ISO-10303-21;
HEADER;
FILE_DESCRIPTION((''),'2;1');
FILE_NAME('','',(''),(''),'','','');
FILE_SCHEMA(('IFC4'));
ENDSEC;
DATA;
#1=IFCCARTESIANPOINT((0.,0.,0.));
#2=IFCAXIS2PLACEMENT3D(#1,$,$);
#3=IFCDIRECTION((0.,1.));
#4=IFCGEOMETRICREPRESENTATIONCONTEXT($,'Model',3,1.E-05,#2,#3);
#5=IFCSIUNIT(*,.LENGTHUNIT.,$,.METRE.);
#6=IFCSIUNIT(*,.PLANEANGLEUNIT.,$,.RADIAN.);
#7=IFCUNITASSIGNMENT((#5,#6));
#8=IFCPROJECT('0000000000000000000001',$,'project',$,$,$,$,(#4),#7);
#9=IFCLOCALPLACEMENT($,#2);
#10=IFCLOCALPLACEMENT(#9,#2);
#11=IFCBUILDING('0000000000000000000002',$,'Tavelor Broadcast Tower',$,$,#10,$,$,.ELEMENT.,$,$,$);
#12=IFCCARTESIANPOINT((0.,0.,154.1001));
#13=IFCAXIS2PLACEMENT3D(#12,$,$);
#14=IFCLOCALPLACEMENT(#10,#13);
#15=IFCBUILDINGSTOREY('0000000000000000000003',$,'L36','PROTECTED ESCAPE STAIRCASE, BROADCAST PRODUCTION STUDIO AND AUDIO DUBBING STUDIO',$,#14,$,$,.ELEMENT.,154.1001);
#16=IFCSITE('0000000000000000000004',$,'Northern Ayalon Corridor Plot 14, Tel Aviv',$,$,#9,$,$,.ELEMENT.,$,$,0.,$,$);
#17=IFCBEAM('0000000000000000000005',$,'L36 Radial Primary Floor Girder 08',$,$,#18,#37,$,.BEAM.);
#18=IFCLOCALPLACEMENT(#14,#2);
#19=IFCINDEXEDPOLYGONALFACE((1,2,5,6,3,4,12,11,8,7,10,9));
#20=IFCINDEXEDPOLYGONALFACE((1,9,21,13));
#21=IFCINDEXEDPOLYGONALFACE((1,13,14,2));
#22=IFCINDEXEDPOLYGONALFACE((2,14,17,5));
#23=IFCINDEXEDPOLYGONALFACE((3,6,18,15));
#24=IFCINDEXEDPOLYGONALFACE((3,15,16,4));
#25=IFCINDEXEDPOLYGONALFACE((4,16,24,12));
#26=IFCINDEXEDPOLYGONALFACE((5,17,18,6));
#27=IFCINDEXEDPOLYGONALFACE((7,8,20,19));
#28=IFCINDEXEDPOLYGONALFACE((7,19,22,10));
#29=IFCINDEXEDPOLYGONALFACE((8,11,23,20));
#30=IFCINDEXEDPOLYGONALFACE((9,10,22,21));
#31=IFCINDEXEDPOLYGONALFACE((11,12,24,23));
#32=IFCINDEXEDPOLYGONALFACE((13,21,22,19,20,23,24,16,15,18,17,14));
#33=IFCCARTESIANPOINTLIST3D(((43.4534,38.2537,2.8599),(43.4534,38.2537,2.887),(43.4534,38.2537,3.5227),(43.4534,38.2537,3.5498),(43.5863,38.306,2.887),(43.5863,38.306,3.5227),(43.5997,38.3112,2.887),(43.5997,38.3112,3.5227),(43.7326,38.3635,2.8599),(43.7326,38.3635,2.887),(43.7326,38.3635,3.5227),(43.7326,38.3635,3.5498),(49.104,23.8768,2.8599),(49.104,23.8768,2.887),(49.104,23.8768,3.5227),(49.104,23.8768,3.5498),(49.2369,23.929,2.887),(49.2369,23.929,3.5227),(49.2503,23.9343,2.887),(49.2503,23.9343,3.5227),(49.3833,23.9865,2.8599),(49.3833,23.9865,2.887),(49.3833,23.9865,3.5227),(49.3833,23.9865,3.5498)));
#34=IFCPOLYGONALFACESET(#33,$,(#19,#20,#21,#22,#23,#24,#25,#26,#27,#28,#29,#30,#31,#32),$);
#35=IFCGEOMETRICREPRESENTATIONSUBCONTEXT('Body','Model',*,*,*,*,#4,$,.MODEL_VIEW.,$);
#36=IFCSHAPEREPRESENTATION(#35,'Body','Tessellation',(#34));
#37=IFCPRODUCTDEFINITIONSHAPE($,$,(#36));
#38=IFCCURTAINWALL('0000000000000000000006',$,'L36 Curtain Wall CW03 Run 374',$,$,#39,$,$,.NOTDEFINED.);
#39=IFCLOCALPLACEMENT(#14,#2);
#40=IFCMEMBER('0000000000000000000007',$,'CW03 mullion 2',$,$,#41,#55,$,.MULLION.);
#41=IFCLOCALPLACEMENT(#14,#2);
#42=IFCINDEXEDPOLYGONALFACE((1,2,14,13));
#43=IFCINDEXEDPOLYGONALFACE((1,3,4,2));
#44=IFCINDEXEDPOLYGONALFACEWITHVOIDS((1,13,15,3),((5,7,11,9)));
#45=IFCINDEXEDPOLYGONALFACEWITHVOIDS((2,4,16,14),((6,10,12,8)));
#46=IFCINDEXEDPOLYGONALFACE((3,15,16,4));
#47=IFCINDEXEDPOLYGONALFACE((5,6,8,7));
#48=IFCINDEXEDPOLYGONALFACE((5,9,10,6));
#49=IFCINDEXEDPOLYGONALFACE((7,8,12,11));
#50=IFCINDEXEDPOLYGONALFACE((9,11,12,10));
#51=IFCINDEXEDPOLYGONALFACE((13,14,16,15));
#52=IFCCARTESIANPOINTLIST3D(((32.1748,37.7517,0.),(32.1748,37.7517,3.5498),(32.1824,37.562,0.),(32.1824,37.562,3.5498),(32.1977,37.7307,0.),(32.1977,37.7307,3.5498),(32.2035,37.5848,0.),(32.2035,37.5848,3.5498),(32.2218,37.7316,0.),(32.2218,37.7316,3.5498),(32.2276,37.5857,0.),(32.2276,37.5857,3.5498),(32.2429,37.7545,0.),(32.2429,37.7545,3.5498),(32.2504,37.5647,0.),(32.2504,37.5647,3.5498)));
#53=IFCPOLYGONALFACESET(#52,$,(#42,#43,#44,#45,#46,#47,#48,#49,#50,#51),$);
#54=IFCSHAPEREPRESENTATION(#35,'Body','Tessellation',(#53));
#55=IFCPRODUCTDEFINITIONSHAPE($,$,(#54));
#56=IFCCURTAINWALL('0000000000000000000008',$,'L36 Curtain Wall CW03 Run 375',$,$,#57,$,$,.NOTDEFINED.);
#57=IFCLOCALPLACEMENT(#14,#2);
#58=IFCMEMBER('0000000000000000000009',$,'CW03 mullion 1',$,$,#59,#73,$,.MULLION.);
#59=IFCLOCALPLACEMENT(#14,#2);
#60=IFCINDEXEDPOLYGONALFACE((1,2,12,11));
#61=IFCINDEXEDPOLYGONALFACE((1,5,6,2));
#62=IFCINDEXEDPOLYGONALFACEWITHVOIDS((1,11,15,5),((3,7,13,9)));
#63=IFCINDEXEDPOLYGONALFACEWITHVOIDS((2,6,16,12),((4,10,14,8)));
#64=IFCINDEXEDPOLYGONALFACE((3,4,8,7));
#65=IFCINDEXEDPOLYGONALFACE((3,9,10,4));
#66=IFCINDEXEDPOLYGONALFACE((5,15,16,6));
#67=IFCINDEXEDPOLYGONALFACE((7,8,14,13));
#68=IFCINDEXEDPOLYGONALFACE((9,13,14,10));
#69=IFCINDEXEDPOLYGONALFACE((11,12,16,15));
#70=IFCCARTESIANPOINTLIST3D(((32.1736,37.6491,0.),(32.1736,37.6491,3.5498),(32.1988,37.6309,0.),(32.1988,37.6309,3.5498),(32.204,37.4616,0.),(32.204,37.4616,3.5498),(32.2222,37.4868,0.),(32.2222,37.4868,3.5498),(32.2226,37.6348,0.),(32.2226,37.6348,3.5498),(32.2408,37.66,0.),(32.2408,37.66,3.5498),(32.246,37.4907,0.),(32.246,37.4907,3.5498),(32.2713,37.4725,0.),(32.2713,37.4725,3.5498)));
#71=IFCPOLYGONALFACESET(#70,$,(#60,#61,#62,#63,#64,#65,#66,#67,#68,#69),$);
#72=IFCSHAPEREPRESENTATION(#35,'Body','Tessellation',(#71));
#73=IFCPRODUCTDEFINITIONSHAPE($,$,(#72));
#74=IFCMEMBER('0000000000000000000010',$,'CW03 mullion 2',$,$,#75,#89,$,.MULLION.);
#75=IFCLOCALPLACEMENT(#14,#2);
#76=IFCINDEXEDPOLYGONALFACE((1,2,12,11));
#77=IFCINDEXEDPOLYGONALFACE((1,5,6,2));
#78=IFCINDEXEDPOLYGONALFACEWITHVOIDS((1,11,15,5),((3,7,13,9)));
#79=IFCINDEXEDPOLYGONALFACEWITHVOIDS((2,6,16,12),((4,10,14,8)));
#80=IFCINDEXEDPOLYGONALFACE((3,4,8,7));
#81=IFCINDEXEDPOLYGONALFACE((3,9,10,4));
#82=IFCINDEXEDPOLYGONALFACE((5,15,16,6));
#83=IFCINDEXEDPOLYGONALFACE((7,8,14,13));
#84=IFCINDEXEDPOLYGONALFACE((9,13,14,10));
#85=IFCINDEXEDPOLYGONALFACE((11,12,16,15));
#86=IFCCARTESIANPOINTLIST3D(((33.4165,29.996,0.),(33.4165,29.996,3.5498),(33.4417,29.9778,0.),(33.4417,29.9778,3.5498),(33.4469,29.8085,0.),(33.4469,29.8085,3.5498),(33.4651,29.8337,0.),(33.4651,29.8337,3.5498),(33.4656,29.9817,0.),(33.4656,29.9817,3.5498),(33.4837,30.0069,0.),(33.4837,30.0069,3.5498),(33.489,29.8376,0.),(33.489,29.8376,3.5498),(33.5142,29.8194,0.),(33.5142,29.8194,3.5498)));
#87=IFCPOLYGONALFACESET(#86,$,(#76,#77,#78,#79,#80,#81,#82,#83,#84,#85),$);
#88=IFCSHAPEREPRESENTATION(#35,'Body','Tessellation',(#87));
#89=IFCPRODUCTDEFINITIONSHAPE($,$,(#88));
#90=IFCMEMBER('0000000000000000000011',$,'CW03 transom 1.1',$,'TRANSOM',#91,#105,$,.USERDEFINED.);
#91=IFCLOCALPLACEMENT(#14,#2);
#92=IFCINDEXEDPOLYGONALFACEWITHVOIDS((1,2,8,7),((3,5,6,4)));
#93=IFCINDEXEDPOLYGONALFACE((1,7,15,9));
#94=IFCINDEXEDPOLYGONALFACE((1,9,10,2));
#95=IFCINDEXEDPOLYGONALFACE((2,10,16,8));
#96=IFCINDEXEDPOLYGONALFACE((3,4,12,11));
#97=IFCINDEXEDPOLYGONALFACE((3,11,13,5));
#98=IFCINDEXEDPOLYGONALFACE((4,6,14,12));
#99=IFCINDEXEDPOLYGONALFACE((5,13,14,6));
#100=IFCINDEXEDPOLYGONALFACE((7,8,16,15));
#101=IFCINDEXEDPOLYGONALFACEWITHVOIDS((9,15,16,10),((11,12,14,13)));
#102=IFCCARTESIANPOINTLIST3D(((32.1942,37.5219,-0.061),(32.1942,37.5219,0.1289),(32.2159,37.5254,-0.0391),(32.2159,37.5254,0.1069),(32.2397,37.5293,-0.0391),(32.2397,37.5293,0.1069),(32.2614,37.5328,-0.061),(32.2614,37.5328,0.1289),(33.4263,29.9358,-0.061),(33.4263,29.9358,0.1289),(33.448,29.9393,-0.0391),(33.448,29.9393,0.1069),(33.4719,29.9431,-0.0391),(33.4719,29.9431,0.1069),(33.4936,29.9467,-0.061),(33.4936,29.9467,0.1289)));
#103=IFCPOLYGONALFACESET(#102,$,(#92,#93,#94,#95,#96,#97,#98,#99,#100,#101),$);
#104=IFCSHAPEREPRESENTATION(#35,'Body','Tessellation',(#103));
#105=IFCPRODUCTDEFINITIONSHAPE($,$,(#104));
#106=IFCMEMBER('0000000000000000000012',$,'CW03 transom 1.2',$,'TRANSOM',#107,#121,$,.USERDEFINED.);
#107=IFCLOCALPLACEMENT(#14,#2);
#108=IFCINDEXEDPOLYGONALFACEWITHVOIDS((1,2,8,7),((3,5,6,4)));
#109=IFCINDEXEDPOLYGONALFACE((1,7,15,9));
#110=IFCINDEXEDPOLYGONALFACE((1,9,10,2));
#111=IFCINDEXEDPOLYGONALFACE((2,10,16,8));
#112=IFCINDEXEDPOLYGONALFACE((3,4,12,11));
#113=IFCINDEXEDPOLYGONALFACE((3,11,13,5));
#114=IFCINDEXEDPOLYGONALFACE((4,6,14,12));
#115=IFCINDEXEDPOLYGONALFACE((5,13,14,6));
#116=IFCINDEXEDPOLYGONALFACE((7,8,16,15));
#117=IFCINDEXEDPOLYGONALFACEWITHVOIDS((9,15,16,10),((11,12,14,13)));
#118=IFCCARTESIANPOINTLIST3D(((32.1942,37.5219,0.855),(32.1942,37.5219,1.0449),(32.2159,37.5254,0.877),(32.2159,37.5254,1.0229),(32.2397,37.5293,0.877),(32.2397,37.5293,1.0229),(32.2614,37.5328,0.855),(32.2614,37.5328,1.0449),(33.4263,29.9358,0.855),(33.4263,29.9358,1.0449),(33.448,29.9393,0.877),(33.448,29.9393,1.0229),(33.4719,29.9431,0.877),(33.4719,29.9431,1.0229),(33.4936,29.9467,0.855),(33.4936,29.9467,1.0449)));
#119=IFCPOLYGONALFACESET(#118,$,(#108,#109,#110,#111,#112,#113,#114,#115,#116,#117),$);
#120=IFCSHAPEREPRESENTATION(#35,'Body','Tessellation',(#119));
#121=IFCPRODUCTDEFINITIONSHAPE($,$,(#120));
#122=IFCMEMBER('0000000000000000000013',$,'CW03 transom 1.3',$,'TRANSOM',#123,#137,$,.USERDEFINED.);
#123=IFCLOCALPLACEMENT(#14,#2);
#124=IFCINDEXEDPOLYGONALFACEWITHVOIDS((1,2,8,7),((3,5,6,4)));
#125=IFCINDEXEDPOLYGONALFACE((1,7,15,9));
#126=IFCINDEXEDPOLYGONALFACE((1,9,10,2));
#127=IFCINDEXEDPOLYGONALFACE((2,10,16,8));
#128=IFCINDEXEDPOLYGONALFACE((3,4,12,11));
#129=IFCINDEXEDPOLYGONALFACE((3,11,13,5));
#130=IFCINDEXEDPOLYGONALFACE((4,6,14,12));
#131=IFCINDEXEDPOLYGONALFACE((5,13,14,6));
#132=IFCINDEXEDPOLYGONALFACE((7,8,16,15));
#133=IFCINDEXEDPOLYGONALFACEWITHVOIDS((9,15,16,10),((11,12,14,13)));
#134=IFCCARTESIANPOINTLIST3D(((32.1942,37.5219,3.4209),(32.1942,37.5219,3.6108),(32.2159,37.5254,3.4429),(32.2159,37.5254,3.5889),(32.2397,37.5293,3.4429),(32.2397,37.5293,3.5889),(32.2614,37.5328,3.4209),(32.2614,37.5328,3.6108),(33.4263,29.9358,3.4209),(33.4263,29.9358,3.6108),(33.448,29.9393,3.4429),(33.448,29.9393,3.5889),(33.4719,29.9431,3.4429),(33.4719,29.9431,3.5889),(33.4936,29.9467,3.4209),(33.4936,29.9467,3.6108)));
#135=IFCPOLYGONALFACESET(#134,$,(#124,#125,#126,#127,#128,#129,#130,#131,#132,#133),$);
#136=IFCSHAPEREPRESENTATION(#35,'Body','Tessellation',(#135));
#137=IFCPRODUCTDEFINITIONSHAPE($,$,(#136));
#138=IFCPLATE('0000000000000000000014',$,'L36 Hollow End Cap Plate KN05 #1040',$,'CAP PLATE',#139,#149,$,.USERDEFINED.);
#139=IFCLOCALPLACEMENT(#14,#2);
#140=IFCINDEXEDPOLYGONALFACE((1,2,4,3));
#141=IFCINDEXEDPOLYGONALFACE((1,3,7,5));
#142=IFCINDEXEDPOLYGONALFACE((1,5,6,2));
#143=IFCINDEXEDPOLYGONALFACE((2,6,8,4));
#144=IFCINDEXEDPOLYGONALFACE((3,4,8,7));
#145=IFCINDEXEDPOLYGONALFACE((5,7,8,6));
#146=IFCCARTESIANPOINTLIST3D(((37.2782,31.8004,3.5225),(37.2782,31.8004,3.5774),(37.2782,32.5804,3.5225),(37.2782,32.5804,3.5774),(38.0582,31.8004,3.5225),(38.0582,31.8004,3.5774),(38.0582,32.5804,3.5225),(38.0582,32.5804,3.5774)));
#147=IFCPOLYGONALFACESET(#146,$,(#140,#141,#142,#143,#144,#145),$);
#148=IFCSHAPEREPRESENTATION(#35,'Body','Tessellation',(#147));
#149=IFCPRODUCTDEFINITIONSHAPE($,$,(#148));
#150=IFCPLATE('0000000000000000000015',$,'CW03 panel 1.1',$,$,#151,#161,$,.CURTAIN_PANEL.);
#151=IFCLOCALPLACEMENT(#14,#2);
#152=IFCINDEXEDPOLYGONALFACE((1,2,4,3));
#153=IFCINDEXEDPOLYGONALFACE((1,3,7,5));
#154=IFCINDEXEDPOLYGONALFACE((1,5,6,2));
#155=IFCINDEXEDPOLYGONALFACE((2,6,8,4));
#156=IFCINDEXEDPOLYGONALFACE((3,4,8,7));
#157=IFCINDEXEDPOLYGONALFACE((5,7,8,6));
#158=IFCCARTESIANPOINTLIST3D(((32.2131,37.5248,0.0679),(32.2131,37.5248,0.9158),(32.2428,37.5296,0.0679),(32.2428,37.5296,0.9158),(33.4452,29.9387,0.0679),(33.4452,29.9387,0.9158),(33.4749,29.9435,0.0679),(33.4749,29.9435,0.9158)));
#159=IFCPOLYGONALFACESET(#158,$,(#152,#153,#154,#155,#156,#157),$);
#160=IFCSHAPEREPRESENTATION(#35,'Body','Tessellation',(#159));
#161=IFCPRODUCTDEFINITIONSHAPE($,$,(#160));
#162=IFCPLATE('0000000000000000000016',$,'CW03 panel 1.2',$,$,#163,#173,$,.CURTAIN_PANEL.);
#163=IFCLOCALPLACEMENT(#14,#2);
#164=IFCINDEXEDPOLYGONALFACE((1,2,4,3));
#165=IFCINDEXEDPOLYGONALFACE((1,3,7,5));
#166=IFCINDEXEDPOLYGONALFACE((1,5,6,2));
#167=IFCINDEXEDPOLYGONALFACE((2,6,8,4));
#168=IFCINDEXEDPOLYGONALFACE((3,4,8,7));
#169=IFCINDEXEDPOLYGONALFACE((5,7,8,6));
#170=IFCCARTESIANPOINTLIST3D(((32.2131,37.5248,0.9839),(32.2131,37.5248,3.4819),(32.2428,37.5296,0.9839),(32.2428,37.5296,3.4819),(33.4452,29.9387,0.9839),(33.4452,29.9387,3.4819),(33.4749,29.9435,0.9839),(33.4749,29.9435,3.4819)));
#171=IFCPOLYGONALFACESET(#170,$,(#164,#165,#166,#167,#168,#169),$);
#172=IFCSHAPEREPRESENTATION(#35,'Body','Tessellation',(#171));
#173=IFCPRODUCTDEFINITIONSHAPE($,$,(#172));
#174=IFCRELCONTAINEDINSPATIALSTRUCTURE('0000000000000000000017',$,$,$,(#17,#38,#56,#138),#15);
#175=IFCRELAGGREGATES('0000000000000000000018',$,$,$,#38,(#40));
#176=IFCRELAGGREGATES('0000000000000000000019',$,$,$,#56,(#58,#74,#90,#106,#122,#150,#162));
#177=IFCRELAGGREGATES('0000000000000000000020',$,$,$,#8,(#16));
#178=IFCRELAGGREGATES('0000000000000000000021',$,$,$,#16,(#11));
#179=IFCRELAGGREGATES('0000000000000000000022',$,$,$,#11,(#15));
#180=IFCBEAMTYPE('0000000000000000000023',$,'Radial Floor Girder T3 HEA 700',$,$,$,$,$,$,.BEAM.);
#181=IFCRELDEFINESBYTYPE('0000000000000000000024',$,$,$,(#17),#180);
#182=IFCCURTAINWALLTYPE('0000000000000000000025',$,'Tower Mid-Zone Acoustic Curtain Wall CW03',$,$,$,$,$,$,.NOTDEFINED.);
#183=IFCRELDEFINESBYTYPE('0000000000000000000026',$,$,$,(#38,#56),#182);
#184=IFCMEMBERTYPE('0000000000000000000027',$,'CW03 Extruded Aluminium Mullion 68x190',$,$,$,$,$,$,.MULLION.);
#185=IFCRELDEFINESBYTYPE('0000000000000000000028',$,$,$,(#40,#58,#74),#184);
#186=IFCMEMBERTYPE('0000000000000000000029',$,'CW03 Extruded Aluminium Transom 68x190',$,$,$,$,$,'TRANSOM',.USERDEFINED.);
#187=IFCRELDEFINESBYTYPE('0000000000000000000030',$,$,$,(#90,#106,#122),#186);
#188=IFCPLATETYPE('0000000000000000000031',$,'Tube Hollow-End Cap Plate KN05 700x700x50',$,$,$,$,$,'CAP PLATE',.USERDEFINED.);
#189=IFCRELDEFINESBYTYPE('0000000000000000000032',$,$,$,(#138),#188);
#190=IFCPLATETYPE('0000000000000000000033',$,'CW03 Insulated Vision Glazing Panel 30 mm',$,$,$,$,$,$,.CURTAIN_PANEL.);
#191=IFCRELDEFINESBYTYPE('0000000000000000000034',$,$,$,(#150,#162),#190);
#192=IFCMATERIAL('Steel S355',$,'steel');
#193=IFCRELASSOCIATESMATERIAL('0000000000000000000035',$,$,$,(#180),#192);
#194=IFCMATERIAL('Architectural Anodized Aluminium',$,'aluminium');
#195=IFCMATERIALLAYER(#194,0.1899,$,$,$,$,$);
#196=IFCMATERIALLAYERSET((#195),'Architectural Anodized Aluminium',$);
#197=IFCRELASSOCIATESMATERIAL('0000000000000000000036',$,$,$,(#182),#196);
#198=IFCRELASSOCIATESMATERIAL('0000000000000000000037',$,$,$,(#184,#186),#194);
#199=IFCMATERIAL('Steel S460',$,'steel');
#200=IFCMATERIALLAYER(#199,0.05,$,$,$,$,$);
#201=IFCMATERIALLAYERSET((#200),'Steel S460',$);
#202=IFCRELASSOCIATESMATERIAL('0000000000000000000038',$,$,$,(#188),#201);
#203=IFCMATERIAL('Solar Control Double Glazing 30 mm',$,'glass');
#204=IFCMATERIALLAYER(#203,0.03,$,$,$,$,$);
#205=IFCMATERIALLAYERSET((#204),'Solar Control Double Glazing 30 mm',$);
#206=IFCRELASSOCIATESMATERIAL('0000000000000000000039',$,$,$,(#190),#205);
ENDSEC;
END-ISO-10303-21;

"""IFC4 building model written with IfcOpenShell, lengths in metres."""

from ifc_helpers import new_model, si_unit, direction, frame, origin, origin_2d, place, context, subcontext, project, spatial, rectangle, hollow_rectangle, i_section, extrude, source, transform, mapped, material, layer, layer_set, material_profile, profile_set, type_object, type_shapes, element, aggregate, save


model = new_model("IFC4")

# Units and contexts
model_context = context("Model", 3, precision=1e-05, world=origin(), true_north=direction((0.0, 1.0)))
body_context = subcontext(model_context, "Body", "Model", "MODEL_VIEW")
ifc_project = project(units=[si_unit("LENGTHUNIT", "METRE"), si_unit("PLANEANGLEUNIT", "RADIAN")], contexts=[model_context])

# Site, building, storey
site_placement = place(None, origin())
site = spatial("IfcSite", under=ifc_project, at=site_placement, Name="Northern Ayalon Corridor Plot 14, Tel Aviv", CompositionType="ELEMENT", RefElevation=0.0)
building_placement = place(site_placement, origin())
building = spatial("IfcBuilding", under=site, at=building_placement, Name="Tavelor Broadcast Tower", CompositionType="ELEMENT")
storey_placement = place(building_placement, frame((0.0, 0.0, 154.1001)))
storey = spatial("IfcBuildingStorey", under=building, at=storey_placement, Name="L36", Description="PROTECTED ESCAPE STAIRCASE, BROADCAST PRODUCTION STUDIO AND AUDIO DUBBING STUDIO", CompositionType="ELEMENT", Elevation=154.1001)

# Shared definitions
ifc_material_1 = material(Name="Steel S460", Category="steel")

# Beam
ifc_material_2 = material(Name="Steel S355", Category="steel")
ifc_material_profile_1 = material_profile(ifc_material_2, i_section(OverallWidth=0.3, OverallDepth=0.6899, WebThickness=0.0144, FlangeThickness=0.0271, at=origin_2d()), Name="HEA 700")
ifc_profile_set_1 = profile_set([ifc_material_profile_1], Name="Steel S355")
beam_type_1 = type_object("IfcBeamType", Name="Radial Floor Girder T3 HEA 700", PredefinedType="BEAM", material=ifc_profile_set_1)
beam_1_placement = place(storey_placement, frame((43.593, 38.3086, 3.2048), z_axis=(0.365795, -0.930695, 0.0), x_axis=(0.930695, 0.365795, 0.0)))
element("IfcBeam", 1, at=beam_1_placement, inside=storey, type_object=beam_type_1, Name="L36 Radial Primary Floor Girder 08", PredefinedType="BEAM", context=body_context, shape_type="SweptSolid", body=[
    extrude(i_section(OverallWidth=0.3, OverallDepth=0.6899, WebThickness=0.0144, FlangeThickness=0.0271, at=origin_2d()), origin(), (0.0, 0.0, 1.0), 15.4475),
])

# Curtain wall, member
ifc_material_3 = material(Name="Architectural Anodized Aluminium", Category="aluminium")
ifc_layer_1 = layer(ifc_material_3, 0.1899)
ifc_layer_set_1 = layer_set([ifc_layer_1], Name="Architectural Anodized Aluminium")
curtain_wall_type = type_object("IfcCurtainWallType", Name="Tower Mid-Zone Acoustic Curtain Wall CW03", PredefinedType="NOTDEFINED", material=ifc_layer_set_1)
curtain_wall_1_placement = place(storey_placement, origin())
curtain_wall_1 = element("IfcCurtainWall", 2, at=curtain_wall_1_placement, inside=storey, type_object=curtain_wall_type, Name="L36 Curtain Wall CW03 Run 374", PredefinedType="NOTDEFINED")
ifc_material_profile_2 = material_profile(ifc_material_3, hollow_rectangle(XDim=0.0681, YDim=0.1899, WallThickness=0.022, at=origin_2d()), Name="RHS 68x190x22")
ifc_profile_set_2 = profile_set([ifc_material_profile_2], Name="Architectural Anodized Aluminium")
member_type_1 = type_object("IfcMemberType", Name="CW03 Extruded Aluminium Mullion 68x190", PredefinedType="MULLION", material=ifc_profile_set_2)
shared_shape_1 = source(origin(), body_context, "Body", "SweptSolid", [
    extrude(hollow_rectangle(XDim=0.0681, YDim=0.1899, WallThickness=0.022, at=origin_2d()), origin(), (0.0, 0.0, 1.0), 3.5498),
])
type_shapes(member_type_1, [shared_shape_1])
member_1_placement = place(storey_placement, frame((32.2126, 37.6582, 0.0), z_axis=(0.0, 0.0, 1.0), x_axis=(0.999211, 0.039711, 0.0)))
member_1 = element("IfcMember", 3, at=member_1_placement, type_object=member_type_1, Name="CW03 mullion 2", PredefinedType="MULLION", context=body_context, shape_type="MappedRepresentation", body=[
    mapped(shared_shape_1, transform((0.0, 0.0, 0.0), scale=1.0)),
])
aggregate(curtain_wall_1, [member_1])

# Curtain wall, members
curtain_wall_2_placement = place(storey_placement, origin())
curtain_wall_2 = element("IfcCurtainWall", 4, at=curtain_wall_2_placement, inside=storey, type_object=curtain_wall_type, Name="L36 Curtain Wall CW03 Run 375", PredefinedType="NOTDEFINED")
member_2_placement = place(storey_placement, frame((32.2224, 37.5608, 0.0), z_axis=(0.0, 0.0, 1.0), x_axis=(0.987066, 0.160315, 0.0)))
member_2 = element("IfcMember", 5, at=member_2_placement, type_object=member_type_1, Name="CW03 mullion 1", PredefinedType="MULLION", context=body_context, shape_type="MappedRepresentation", body=[
    mapped(shared_shape_1, transform((0.0, 0.0, 0.0), scale=1.0)),
])
member_3_placement = place(storey_placement, frame((33.4653, 29.9077, 0.0), z_axis=(0.0, 0.0, 1.0), x_axis=(0.987066, 0.160315, 0.0)))
member_3 = element("IfcMember", 6, at=member_3_placement, type_object=member_type_1, Name="CW03 mullion 2", PredefinedType="MULLION", context=body_context, shape_type="MappedRepresentation", body=[
    mapped(shared_shape_1, transform((0.0, 0.0, 0.0), scale=1.0)),
])
ifc_material_profile_3 = material_profile(ifc_material_3, hollow_rectangle(XDim=0.0681, YDim=0.1899, WallThickness=0.022, at=origin_2d()), Name="RHS 68x190x22")
ifc_profile_set_3 = profile_set([ifc_material_profile_3], Name="Architectural Anodized Aluminium")
member_type_2 = type_object("IfcMemberType", Name="CW03 Extruded Aluminium Transom 68x190", ElementType="TRANSOM", PredefinedType="USERDEFINED", material=ifc_profile_set_3)
shared_shape_2 = source(origin(), body_context, "Body", "SweptSolid", [
    extrude(hollow_rectangle(XDim=0.0681, YDim=0.1899, WallThickness=0.022, at=origin_2d()), origin(), (0.0, 0.0, 1.0), 7.6855),
])
type_shapes(member_type_2, [shared_shape_2])
member_4_placement = place(storey_placement, frame((32.2278, 37.5273, 0.0339), z_axis=(0.160323, -0.987065, 0.0), x_axis=(0.987065, 0.160323, 0.0)))
member_4 = element("IfcMember", 7, at=member_4_placement, type_object=member_type_2, Name="CW03 transom 1.1", ObjectType="TRANSOM", PredefinedType="USERDEFINED", context=body_context, shape_type="MappedRepresentation", body=[
    mapped(shared_shape_2, transform((0.0, 0.0, 0.0), scale=1.0)),
])
member_5_placement = place(storey_placement, frame((32.2278, 37.5273, 0.95), z_axis=(0.160323, -0.987065, 0.0), x_axis=(0.987065, 0.160323, 0.0)))
member_5 = element("IfcMember", 8, at=member_5_placement, type_object=member_type_2, Name="CW03 transom 1.2", ObjectType="TRANSOM", PredefinedType="USERDEFINED", context=body_context, shape_type="MappedRepresentation", body=[
    mapped(shared_shape_2, transform((0.0, 0.0, 0.0), scale=1.0)),
])
member_6_placement = place(storey_placement, frame((32.2278, 37.5273, 3.5159), z_axis=(0.160323, -0.987065, 0.0), x_axis=(0.987065, 0.160323, 0.0)))
member_6 = element("IfcMember", 9, at=member_6_placement, type_object=member_type_2, Name="CW03 transom 1.3", ObjectType="TRANSOM", PredefinedType="USERDEFINED", context=body_context, shape_type="MappedRepresentation", body=[
    mapped(shared_shape_2, transform((0.0, 0.0, 0.0), scale=1.0)),
])

# Plates
ifc_layer_2 = layer(ifc_material_1, 0.05)
ifc_layer_set_2 = layer_set([ifc_layer_2], Name="Steel S460")
plate_type_1 = type_object("IfcPlateType", Name="Tube Hollow-End Cap Plate KN05 700x700x50", ElementType="CAP PLATE", PredefinedType="USERDEFINED", material=ifc_layer_set_2)
shared_shape_3 = source(origin(), body_context, "Body", "SweptSolid", [
    extrude(rectangle(XDim=0.78, YDim=0.78, at=origin_2d()), origin(), (0.0, 0.0, 1.0), 0.0549),
])
type_shapes(plate_type_1, [shared_shape_3])
plate_1_placement = place(storey_placement, frame((37.6682, 32.1904, 3.5225), z_axis=(0.0, 0.0, 1.0), x_axis=(1.0, 0.0, 0.0)))
element("IfcPlate", 10, at=plate_1_placement, inside=storey, type_object=plate_type_1, Name="L36 Hollow End Cap Plate KN05 #1040", ObjectType="CAP PLATE", PredefinedType="USERDEFINED", context=body_context, shape_type="MappedRepresentation", body=[
    mapped(shared_shape_3, transform((0.0, 0.0, 0.0), scale=1.0)),
])
ifc_material_4 = material(Name="Solar Control Double Glazing 30 mm", Category="glass")
ifc_layer_3 = layer(ifc_material_4, 0.03)
ifc_layer_set_3 = layer_set([ifc_layer_3], Name="Solar Control Double Glazing 30 mm")
plate_type_2 = type_object("IfcPlateType", Name="CW03 Insulated Vision Glazing Panel 30 mm", PredefinedType="CURTAIN_PANEL", material=ifc_layer_set_3)
shared_shape_4 = source(origin(), body_context, "Body", "SweptSolid", [
    extrude(rectangle(XDim=7.6855, YDim=0.03, at=origin_2d()), origin(), (0.0, 0.0, 1.0), 0.8479),
])
plate_2_placement = place(storey_placement, frame((32.844, 33.7341, 0.0679), z_axis=(0.0, 0.0, 1.0), x_axis=(0.160315, -0.987066, 0.0)))
plate_2 = element("IfcPlate", 11, at=plate_2_placement, type_object=plate_type_2, Name="CW03 panel 1.1", PredefinedType="CURTAIN_PANEL", context=body_context, shape_type="MappedRepresentation", body=[
    mapped(shared_shape_4, transform((0.0, 0.0, 0.0), scale=1.0)),
])
shared_shape_5 = source(origin(), body_context, "Body", "SweptSolid", [
    extrude(rectangle(XDim=7.6855, YDim=0.03, at=origin_2d()), origin(), (0.0, 0.0, 1.0), 2.498),
])
type_shapes(plate_type_2, [shared_shape_4, shared_shape_5])
plate_3_placement = place(storey_placement, frame((32.844, 33.7341, 0.9839), z_axis=(0.0, 0.0, 1.0), x_axis=(0.160315, -0.987066, 0.0)))
plate_3 = element("IfcPlate", 12, at=plate_3_placement, type_object=plate_type_2, Name="CW03 panel 1.2", PredefinedType="CURTAIN_PANEL", context=body_context, shape_type="MappedRepresentation", body=[
    mapped(shared_shape_5, transform((0.0, 0.0, 0.0), scale=1.0)),
])
aggregate(curtain_wall_2, [member_2, member_3, member_4, member_5, member_6, plate_2, plate_3])

save(model, "model.ifc")
